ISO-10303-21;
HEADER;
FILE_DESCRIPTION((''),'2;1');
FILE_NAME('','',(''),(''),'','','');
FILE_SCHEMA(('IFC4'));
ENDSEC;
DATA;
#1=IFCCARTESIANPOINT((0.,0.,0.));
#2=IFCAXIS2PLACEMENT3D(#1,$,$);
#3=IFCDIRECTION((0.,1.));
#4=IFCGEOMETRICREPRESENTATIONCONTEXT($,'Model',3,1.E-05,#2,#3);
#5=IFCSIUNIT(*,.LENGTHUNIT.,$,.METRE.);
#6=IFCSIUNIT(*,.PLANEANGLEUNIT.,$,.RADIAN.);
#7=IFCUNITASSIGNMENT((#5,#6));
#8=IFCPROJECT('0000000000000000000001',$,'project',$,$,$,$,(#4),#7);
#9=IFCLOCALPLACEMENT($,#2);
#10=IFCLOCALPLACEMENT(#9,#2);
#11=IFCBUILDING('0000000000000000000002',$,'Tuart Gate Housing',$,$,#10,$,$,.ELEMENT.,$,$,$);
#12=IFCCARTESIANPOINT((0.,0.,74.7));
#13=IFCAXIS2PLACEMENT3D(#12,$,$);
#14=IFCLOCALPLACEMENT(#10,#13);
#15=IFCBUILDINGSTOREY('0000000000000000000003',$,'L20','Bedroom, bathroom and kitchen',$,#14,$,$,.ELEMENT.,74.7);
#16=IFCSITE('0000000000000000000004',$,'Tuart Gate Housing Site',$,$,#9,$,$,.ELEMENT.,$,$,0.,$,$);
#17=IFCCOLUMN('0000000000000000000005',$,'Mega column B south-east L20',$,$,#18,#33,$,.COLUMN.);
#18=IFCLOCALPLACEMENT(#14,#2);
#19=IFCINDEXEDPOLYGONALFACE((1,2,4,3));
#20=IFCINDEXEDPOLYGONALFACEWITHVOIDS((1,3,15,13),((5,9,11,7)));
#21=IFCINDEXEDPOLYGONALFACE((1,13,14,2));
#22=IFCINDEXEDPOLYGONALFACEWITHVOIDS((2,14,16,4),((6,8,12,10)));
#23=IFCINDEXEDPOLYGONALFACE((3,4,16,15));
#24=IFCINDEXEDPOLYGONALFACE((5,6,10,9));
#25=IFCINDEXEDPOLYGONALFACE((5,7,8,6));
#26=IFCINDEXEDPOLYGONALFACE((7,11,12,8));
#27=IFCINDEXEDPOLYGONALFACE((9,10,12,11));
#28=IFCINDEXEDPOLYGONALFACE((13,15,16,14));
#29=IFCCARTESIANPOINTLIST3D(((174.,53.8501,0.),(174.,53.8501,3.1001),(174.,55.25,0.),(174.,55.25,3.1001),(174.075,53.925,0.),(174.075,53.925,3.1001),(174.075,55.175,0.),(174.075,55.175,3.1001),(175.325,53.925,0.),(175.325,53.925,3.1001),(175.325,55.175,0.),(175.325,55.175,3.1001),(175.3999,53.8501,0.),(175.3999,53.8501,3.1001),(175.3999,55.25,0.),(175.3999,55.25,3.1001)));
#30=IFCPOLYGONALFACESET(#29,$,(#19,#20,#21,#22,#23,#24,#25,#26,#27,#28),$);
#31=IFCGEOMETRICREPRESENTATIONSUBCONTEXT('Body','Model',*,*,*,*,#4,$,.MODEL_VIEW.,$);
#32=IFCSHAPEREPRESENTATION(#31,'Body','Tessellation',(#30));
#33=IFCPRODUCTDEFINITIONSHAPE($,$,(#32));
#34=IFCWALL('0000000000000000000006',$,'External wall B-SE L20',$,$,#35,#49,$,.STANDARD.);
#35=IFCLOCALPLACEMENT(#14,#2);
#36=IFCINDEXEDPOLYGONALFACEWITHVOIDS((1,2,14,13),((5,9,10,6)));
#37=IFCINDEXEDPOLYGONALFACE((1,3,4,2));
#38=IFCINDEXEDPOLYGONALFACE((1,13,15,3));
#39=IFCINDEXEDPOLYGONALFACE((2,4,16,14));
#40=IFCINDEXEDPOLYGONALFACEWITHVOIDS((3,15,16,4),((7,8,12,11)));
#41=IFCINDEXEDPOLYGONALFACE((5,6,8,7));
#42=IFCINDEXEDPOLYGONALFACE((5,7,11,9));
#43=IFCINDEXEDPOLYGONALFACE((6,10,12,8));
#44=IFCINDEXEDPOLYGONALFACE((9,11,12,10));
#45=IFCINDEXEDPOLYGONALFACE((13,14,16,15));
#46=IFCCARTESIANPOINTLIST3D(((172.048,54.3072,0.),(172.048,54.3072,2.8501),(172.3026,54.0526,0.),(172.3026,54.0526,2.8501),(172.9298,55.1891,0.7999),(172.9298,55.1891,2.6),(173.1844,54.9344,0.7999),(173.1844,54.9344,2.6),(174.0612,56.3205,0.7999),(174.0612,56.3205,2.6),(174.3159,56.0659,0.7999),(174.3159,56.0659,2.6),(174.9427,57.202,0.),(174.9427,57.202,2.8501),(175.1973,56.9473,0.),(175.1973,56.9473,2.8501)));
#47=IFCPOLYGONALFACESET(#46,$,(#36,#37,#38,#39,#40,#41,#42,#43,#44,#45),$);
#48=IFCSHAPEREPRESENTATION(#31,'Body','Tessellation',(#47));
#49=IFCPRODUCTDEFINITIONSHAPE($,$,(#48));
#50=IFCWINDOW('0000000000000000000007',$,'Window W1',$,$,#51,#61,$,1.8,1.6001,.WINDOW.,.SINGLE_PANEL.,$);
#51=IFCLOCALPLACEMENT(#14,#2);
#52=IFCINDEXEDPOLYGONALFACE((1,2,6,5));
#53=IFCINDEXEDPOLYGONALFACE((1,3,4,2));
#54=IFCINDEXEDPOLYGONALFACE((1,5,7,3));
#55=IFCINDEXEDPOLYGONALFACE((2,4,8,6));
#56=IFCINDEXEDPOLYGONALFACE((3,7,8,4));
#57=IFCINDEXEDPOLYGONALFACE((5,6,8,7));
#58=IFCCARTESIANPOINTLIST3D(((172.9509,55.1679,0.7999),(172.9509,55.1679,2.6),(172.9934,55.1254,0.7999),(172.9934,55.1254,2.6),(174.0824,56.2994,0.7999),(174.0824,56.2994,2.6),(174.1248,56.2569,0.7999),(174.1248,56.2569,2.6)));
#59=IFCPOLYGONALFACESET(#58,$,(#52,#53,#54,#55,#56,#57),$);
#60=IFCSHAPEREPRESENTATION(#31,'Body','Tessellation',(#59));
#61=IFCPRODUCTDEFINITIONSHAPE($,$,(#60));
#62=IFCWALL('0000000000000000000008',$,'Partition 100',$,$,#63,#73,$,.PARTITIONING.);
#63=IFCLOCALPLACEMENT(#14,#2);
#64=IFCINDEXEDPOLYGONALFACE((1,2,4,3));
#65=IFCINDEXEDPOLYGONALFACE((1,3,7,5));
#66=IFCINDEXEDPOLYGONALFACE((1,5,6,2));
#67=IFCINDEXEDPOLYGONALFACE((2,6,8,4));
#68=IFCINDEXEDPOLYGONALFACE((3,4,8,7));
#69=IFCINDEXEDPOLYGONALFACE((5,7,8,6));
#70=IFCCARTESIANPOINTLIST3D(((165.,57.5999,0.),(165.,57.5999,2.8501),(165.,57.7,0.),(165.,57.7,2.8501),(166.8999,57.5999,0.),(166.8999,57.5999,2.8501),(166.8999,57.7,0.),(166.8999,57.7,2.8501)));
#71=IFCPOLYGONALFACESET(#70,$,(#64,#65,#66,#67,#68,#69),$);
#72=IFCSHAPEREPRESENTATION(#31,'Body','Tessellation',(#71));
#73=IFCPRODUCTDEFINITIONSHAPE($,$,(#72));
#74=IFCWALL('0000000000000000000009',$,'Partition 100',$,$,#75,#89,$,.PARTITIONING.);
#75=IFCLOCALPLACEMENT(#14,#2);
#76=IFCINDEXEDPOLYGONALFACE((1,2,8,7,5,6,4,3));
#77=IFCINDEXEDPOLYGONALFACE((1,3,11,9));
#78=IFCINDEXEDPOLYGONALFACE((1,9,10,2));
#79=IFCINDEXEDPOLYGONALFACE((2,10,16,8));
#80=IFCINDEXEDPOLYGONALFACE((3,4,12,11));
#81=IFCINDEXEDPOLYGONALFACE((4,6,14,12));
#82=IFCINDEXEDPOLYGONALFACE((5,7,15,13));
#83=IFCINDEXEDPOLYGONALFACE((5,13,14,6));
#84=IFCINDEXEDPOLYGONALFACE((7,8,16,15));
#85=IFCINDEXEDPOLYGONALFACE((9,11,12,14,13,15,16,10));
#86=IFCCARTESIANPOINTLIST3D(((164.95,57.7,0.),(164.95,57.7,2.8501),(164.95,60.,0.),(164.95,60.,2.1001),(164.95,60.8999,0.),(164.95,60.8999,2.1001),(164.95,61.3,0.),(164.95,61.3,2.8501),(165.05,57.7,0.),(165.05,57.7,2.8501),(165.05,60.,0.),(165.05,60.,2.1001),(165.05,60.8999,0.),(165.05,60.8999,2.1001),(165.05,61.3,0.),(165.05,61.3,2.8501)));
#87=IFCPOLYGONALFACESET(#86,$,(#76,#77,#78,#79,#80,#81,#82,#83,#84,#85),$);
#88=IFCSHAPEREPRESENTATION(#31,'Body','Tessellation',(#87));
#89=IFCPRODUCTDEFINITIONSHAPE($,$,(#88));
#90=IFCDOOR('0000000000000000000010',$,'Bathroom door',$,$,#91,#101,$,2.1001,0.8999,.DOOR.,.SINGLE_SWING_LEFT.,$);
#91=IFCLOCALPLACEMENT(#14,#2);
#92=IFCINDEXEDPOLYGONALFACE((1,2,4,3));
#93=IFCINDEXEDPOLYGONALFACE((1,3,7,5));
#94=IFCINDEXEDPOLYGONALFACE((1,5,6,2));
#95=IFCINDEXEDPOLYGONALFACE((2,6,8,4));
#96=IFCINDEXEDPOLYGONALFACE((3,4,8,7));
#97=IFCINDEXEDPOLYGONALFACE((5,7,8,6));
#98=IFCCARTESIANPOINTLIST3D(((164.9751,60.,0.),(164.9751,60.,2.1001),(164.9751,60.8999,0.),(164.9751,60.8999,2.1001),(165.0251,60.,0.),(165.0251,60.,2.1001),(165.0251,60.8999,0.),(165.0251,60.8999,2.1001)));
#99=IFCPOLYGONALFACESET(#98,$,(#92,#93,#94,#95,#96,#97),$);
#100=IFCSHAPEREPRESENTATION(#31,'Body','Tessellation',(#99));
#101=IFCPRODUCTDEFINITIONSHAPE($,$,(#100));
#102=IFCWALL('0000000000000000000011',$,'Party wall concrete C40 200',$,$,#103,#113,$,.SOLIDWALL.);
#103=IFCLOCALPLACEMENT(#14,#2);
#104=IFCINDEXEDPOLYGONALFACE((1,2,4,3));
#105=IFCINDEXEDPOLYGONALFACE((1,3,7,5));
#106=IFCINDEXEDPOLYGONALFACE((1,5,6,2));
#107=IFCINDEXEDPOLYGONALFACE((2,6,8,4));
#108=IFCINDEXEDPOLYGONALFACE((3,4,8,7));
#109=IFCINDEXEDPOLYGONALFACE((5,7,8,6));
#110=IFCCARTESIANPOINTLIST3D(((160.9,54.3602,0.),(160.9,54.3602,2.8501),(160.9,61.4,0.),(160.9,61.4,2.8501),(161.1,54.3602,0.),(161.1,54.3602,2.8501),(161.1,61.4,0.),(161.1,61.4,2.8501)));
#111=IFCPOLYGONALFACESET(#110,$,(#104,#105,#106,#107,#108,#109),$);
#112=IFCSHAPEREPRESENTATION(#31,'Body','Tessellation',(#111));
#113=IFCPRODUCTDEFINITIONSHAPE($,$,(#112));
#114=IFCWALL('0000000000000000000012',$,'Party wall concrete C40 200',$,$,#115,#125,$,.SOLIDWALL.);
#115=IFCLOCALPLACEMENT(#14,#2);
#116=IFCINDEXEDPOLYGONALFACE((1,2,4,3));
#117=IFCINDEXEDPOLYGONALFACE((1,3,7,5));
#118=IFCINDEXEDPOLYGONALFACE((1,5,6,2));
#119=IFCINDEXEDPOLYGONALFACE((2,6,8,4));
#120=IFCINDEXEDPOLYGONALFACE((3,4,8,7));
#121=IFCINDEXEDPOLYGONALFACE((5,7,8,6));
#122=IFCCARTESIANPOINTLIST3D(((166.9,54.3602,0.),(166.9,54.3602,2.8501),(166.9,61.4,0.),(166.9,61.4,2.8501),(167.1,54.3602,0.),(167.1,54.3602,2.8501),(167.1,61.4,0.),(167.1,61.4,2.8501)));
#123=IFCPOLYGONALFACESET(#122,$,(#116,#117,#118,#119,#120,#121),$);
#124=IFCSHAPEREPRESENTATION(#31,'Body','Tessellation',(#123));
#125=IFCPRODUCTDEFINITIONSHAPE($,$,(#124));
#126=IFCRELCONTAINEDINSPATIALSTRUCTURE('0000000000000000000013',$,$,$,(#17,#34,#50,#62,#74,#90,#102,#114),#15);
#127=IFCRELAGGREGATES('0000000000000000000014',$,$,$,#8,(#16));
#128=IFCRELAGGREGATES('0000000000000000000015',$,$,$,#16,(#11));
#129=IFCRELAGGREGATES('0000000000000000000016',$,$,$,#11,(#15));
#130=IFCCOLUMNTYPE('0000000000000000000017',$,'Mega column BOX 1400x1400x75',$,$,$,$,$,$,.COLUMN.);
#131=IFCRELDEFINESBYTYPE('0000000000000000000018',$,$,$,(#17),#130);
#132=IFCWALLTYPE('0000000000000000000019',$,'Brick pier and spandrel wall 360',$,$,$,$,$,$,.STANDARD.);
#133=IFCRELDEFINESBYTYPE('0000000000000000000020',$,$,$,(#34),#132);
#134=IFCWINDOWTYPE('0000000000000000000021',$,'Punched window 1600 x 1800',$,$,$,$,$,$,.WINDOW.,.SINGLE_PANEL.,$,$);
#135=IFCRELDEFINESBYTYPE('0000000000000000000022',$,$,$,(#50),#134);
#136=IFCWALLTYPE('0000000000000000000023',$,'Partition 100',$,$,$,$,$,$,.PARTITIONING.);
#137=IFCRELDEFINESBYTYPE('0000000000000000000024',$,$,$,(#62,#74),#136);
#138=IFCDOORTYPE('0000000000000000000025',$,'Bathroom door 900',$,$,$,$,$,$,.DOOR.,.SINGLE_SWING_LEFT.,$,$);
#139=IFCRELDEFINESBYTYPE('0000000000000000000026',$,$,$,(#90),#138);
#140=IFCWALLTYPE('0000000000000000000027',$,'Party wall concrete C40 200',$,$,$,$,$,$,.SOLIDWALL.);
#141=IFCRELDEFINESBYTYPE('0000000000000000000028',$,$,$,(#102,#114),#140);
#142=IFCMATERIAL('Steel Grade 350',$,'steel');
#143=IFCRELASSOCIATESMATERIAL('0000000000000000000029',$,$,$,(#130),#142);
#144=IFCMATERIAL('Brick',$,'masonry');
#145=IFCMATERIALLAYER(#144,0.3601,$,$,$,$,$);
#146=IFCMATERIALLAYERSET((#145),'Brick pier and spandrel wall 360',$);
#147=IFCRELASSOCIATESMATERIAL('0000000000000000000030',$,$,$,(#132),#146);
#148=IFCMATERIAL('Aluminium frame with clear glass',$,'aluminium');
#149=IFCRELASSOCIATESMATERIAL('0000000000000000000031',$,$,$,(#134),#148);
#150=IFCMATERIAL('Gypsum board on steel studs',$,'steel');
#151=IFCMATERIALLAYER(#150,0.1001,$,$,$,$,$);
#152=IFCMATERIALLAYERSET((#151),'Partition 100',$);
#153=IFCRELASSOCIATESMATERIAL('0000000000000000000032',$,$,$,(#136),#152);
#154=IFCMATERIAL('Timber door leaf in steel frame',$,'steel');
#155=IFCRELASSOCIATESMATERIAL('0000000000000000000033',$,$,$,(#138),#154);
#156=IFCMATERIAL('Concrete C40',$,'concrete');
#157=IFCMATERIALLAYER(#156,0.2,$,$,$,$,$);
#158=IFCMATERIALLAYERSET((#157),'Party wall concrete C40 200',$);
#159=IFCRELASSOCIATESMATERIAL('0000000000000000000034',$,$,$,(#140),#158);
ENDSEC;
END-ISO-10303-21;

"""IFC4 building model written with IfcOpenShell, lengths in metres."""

from ifc_helpers import new_model, si_unit, direction, frame, frame_2d, origin, origin_2d, place, context, subcontext, project, spatial, rectangle, hollow_rectangle, extrude, material, layer, layer_set, material_profile, profile_set, type_object, element, fill, save


model = new_model("IFC4")

# Units and contexts
model_context = context("Model", 3, precision=1e-05, world=origin(), true_north=direction((0.0, 1.0)))
body_context = subcontext(model_context, "Body", "Model", "MODEL_VIEW")
ifc_project = project(units=[si_unit("LENGTHUNIT", "METRE"), si_unit("PLANEANGLEUNIT", "RADIAN")], contexts=[model_context])

# Site, building, storey
site_placement = place(None, origin())
site = spatial("IfcSite", under=ifc_project, at=site_placement, Name="Tuart Gate Housing Site", CompositionType="ELEMENT", RefElevation=0.0)
building_placement = place(site_placement, origin())
building = spatial("IfcBuilding", under=site, at=building_placement, Name="Tuart Gate Housing", CompositionType="ELEMENT")
storey_placement = place(building_placement, frame((0.0, 0.0, 74.7)))
storey = spatial("IfcBuildingStorey", under=building, at=storey_placement, Name="L20", Description="Bedroom, bathroom and kitchen", CompositionType="ELEMENT", Elevation=74.7)

# Column
ifc_material_1 = material(Name="Steel Grade 350", Category="steel")
ifc_material_profile = material_profile(ifc_material_1, hollow_rectangle(XDim=1.3999, YDim=1.3999, WallThickness=0.075, at=origin_2d()), Name="BOX 1400x1400x75")
ifc_profile_set = profile_set([ifc_material_profile], Name="Steel Grade 350")
column_type = type_object("IfcColumnType", Name="Mega column BOX 1400x1400x75", PredefinedType="COLUMN", material=ifc_profile_set)
column_placement = place(storey_placement, frame((174.7, 54.55, 0.0), z_axis=(0.0, 0.0, 1.0), x_axis=(1.0, 0.0, 0.0)))
element("IfcColumn", 1, at=column_placement, inside=storey, type_object=column_type, Name="Mega column B south-east L20", PredefinedType="COLUMN", context=body_context, shape_type="SweptSolid", body=[
    extrude(hollow_rectangle(XDim=1.3999, YDim=1.3999, WallThickness=0.075, at=origin_2d()), origin(), (0.0, 0.0, 1.0), 3.1001),
])

# Wall, opening, window
ifc_material_2 = material(Name="Brick", Category="masonry")
ifc_layer_1 = layer(ifc_material_2, 0.3601)
ifc_layer_set_1 = layer_set([ifc_layer_1], Name="Brick pier and spandrel wall 360")
wall_type_1 = type_object("IfcWallType", Name="Brick pier and spandrel wall 360", PredefinedType="STANDARD", material=ifc_layer_set_1)
wall_1_placement = place(storey_placement, frame((172.1753, 54.1799, 0.0), z_axis=(0.0, 0.0, 1.0), x_axis=(0.707107, 0.707107, 0.0)))
wall_1 = element("IfcWall", 2, at=wall_1_placement, inside=storey, type_object=wall_type_1, Name="External wall B-SE L20", PredefinedType="STANDARD", context=body_context, shape_type="SweptSolid", body=[
    extrude(rectangle(XDim=4.0938, YDim=0.3601, at=frame_2d((2.0469, 0.0))), origin(), (0.0, 0.0, 1.0), 2.8501),
])
opening_1_placement = place(wall_1_placement, frame((1.2471, 0.0, 0.8)))
opening_1 = element("IfcOpeningElement", 3, at=opening_1_placement, cuts=wall_1, PredefinedType="OPENING", context=body_context, shape_type="SweptSolid", body=[
    extrude(rectangle(XDim=1.6001, YDim=1.8, at=frame_2d((0.8, 0.8999))), frame((0.0, 0.1899, 0.0), z_axis=(0.0, -1.0, 0.0), x_axis=(1.0, 0.0, 0.0)), (0.0, 0.0, 1.0), 0.3801),
])
ifc_material_3 = material(Name="Aluminium frame with clear glass", Category="aluminium")
window_type_1 = type_object("IfcWindowType", Name="Punched window 1600 x 1800", PartitioningType="SINGLE_PANEL", PredefinedType="WINDOW", material=ifc_material_3)
window_1_placement = place(opening_1_placement, origin())
window_1 = element("IfcWindow", 4, at=window_1_placement, inside=storey, type_object=window_type_1, Name="Window W1", OverallHeight=1.8, OverallWidth=1.6001, PartitioningType="SINGLE_PANEL", PredefinedType="WINDOW", context=body_context, shape_type="SweptSolid", body=[
    extrude(rectangle(XDim=1.6001, YDim=1.8, at=frame_2d((0.8, 0.8999))), frame((0.0, 0.1501, 0.0), z_axis=(0.0, -1.0, 0.0), x_axis=(1.0, 0.0, 0.0)), (0.0, 0.0, 1.0), 0.0601),
])
fill(opening_1, window_1)

# Wall
ifc_material_4 = material(Name="Gypsum board on steel studs", Category="steel")
ifc_layer_2 = layer(ifc_material_4, 0.1001)
ifc_layer_set_2 = layer_set([ifc_layer_2], Name="Partition 100")
wall_type_2 = type_object("IfcWallType", Name="Partition 100", PredefinedType="PARTITIONING", material=ifc_layer_set_2)
wall_2_placement = place(storey_placement, frame((165.0, 57.6499, 0.0), z_axis=(0.0, 0.0, 1.0), x_axis=(1.0, 0.0, 0.0)))
element("IfcWall", 5, at=wall_2_placement, inside=storey, type_object=wall_type_2, Name="Partition 100", PredefinedType="PARTITIONING", context=body_context, shape_type="SweptSolid", body=[
    extrude(rectangle(XDim=1.8999, YDim=0.1001, at=frame_2d((0.95, 0.0))), origin(), (0.0, 0.0, 1.0), 2.8501),
])

# Wall, opening, door
wall_3_placement = place(storey_placement, frame((165.0, 57.7, 0.0), z_axis=(0.0, 0.0, 1.0), x_axis=(0.0, 1.0, 0.0)))
wall_3 = element("IfcWall", 6, at=wall_3_placement, inside=storey, type_object=wall_type_2, Name="Partition 100", PredefinedType="PARTITIONING", context=body_context, shape_type="SweptSolid", body=[
    extrude(rectangle(XDim=3.6001, YDim=0.1001, at=frame_2d((1.8, 0.0))), origin(), (0.0, 0.0, 1.0), 2.8501),
])
opening_2_placement = place(wall_3_placement, frame((2.3, 0.0, 0.0)))
opening_2 = element("IfcOpeningElement", 7, at=opening_2_placement, cuts=wall_3, PredefinedType="OPENING", context=body_context, shape_type="SweptSolid", body=[
    extrude(rectangle(XDim=0.8999, YDim=2.1001, at=frame_2d((0.45, 1.05))), frame((0.0, 0.0601, 0.0), z_axis=(0.0, -1.0, 0.0), x_axis=(1.0, 0.0, 0.0)), (0.0, 0.0, 1.0), 0.1201),
])
ifc_material_5 = material(Name="Timber door leaf in steel frame", Category="steel")
door_type = type_object("IfcDoorType", Name="Bathroom door 900", OperationType="SINGLE_SWING_LEFT", PredefinedType="DOOR", material=ifc_material_5)
door_placement = place(opening_2_placement, frame((0.8999, 0.0, 0.0), z_axis=(0.0, 0.0, 1.0), x_axis=(-1.0, 0.0, 0.0)))
door = element("IfcDoor", 8, at=door_placement, inside=storey, type_object=door_type, Name="Bathroom door", OperationType="SINGLE_SWING_LEFT", OverallHeight=2.1001, OverallWidth=0.8999, PredefinedType="DOOR", context=body_context, shape_type="SweptSolid", body=[
    extrude(rectangle(XDim=0.8999, YDim=2.1001, at=frame_2d((0.45, 1.05))), frame((0.0, 0.0251, 0.0), z_axis=(0.0, -1.0, 0.0), x_axis=(1.0, 0.0, 0.0)), (0.0, 0.0, 1.0), 0.05),
])
fill(opening_2, door)

# Walls
ifc_material_6 = material(Name="Concrete C40", Category="concrete")
ifc_layer_3 = layer(ifc_material_6, 0.2)
ifc_layer_set_3 = layer_set([ifc_layer_3], Name="Party wall concrete C40 200")
wall_type_3 = type_object("IfcWallType", Name="Party wall concrete C40 200", PredefinedType="SOLIDWALL", material=ifc_layer_set_3)
for number, where, z_axis, x_axis, name in (
    (9, (161.0, 54.3601, 0.0), (0.0, 0.0, 1.0), (0.0, 1.0, 0.0), "Party wall concrete C40 200"),
    (10, (167.0, 54.3601, 0.0), (0.0, 0.0, 1.0), (0.0, 1.0, 0.0), "Party wall concrete C40 200"),
):
    element("IfcWall", number, at=place(storey_placement, frame(where, z_axis=z_axis, x_axis=x_axis)), inside=storey, type_object=wall_type_3, Name=name, PredefinedType="SOLIDWALL", context=body_context, shape_type="SweptSolid", body=[
        extrude(rectangle(XDim=7.0398, YDim=0.2, at=frame_2d((3.52, 0.0))), origin(), (0.0, 0.0, 1.0), 2.8501),
    ])

save(model, "model.ifc")
